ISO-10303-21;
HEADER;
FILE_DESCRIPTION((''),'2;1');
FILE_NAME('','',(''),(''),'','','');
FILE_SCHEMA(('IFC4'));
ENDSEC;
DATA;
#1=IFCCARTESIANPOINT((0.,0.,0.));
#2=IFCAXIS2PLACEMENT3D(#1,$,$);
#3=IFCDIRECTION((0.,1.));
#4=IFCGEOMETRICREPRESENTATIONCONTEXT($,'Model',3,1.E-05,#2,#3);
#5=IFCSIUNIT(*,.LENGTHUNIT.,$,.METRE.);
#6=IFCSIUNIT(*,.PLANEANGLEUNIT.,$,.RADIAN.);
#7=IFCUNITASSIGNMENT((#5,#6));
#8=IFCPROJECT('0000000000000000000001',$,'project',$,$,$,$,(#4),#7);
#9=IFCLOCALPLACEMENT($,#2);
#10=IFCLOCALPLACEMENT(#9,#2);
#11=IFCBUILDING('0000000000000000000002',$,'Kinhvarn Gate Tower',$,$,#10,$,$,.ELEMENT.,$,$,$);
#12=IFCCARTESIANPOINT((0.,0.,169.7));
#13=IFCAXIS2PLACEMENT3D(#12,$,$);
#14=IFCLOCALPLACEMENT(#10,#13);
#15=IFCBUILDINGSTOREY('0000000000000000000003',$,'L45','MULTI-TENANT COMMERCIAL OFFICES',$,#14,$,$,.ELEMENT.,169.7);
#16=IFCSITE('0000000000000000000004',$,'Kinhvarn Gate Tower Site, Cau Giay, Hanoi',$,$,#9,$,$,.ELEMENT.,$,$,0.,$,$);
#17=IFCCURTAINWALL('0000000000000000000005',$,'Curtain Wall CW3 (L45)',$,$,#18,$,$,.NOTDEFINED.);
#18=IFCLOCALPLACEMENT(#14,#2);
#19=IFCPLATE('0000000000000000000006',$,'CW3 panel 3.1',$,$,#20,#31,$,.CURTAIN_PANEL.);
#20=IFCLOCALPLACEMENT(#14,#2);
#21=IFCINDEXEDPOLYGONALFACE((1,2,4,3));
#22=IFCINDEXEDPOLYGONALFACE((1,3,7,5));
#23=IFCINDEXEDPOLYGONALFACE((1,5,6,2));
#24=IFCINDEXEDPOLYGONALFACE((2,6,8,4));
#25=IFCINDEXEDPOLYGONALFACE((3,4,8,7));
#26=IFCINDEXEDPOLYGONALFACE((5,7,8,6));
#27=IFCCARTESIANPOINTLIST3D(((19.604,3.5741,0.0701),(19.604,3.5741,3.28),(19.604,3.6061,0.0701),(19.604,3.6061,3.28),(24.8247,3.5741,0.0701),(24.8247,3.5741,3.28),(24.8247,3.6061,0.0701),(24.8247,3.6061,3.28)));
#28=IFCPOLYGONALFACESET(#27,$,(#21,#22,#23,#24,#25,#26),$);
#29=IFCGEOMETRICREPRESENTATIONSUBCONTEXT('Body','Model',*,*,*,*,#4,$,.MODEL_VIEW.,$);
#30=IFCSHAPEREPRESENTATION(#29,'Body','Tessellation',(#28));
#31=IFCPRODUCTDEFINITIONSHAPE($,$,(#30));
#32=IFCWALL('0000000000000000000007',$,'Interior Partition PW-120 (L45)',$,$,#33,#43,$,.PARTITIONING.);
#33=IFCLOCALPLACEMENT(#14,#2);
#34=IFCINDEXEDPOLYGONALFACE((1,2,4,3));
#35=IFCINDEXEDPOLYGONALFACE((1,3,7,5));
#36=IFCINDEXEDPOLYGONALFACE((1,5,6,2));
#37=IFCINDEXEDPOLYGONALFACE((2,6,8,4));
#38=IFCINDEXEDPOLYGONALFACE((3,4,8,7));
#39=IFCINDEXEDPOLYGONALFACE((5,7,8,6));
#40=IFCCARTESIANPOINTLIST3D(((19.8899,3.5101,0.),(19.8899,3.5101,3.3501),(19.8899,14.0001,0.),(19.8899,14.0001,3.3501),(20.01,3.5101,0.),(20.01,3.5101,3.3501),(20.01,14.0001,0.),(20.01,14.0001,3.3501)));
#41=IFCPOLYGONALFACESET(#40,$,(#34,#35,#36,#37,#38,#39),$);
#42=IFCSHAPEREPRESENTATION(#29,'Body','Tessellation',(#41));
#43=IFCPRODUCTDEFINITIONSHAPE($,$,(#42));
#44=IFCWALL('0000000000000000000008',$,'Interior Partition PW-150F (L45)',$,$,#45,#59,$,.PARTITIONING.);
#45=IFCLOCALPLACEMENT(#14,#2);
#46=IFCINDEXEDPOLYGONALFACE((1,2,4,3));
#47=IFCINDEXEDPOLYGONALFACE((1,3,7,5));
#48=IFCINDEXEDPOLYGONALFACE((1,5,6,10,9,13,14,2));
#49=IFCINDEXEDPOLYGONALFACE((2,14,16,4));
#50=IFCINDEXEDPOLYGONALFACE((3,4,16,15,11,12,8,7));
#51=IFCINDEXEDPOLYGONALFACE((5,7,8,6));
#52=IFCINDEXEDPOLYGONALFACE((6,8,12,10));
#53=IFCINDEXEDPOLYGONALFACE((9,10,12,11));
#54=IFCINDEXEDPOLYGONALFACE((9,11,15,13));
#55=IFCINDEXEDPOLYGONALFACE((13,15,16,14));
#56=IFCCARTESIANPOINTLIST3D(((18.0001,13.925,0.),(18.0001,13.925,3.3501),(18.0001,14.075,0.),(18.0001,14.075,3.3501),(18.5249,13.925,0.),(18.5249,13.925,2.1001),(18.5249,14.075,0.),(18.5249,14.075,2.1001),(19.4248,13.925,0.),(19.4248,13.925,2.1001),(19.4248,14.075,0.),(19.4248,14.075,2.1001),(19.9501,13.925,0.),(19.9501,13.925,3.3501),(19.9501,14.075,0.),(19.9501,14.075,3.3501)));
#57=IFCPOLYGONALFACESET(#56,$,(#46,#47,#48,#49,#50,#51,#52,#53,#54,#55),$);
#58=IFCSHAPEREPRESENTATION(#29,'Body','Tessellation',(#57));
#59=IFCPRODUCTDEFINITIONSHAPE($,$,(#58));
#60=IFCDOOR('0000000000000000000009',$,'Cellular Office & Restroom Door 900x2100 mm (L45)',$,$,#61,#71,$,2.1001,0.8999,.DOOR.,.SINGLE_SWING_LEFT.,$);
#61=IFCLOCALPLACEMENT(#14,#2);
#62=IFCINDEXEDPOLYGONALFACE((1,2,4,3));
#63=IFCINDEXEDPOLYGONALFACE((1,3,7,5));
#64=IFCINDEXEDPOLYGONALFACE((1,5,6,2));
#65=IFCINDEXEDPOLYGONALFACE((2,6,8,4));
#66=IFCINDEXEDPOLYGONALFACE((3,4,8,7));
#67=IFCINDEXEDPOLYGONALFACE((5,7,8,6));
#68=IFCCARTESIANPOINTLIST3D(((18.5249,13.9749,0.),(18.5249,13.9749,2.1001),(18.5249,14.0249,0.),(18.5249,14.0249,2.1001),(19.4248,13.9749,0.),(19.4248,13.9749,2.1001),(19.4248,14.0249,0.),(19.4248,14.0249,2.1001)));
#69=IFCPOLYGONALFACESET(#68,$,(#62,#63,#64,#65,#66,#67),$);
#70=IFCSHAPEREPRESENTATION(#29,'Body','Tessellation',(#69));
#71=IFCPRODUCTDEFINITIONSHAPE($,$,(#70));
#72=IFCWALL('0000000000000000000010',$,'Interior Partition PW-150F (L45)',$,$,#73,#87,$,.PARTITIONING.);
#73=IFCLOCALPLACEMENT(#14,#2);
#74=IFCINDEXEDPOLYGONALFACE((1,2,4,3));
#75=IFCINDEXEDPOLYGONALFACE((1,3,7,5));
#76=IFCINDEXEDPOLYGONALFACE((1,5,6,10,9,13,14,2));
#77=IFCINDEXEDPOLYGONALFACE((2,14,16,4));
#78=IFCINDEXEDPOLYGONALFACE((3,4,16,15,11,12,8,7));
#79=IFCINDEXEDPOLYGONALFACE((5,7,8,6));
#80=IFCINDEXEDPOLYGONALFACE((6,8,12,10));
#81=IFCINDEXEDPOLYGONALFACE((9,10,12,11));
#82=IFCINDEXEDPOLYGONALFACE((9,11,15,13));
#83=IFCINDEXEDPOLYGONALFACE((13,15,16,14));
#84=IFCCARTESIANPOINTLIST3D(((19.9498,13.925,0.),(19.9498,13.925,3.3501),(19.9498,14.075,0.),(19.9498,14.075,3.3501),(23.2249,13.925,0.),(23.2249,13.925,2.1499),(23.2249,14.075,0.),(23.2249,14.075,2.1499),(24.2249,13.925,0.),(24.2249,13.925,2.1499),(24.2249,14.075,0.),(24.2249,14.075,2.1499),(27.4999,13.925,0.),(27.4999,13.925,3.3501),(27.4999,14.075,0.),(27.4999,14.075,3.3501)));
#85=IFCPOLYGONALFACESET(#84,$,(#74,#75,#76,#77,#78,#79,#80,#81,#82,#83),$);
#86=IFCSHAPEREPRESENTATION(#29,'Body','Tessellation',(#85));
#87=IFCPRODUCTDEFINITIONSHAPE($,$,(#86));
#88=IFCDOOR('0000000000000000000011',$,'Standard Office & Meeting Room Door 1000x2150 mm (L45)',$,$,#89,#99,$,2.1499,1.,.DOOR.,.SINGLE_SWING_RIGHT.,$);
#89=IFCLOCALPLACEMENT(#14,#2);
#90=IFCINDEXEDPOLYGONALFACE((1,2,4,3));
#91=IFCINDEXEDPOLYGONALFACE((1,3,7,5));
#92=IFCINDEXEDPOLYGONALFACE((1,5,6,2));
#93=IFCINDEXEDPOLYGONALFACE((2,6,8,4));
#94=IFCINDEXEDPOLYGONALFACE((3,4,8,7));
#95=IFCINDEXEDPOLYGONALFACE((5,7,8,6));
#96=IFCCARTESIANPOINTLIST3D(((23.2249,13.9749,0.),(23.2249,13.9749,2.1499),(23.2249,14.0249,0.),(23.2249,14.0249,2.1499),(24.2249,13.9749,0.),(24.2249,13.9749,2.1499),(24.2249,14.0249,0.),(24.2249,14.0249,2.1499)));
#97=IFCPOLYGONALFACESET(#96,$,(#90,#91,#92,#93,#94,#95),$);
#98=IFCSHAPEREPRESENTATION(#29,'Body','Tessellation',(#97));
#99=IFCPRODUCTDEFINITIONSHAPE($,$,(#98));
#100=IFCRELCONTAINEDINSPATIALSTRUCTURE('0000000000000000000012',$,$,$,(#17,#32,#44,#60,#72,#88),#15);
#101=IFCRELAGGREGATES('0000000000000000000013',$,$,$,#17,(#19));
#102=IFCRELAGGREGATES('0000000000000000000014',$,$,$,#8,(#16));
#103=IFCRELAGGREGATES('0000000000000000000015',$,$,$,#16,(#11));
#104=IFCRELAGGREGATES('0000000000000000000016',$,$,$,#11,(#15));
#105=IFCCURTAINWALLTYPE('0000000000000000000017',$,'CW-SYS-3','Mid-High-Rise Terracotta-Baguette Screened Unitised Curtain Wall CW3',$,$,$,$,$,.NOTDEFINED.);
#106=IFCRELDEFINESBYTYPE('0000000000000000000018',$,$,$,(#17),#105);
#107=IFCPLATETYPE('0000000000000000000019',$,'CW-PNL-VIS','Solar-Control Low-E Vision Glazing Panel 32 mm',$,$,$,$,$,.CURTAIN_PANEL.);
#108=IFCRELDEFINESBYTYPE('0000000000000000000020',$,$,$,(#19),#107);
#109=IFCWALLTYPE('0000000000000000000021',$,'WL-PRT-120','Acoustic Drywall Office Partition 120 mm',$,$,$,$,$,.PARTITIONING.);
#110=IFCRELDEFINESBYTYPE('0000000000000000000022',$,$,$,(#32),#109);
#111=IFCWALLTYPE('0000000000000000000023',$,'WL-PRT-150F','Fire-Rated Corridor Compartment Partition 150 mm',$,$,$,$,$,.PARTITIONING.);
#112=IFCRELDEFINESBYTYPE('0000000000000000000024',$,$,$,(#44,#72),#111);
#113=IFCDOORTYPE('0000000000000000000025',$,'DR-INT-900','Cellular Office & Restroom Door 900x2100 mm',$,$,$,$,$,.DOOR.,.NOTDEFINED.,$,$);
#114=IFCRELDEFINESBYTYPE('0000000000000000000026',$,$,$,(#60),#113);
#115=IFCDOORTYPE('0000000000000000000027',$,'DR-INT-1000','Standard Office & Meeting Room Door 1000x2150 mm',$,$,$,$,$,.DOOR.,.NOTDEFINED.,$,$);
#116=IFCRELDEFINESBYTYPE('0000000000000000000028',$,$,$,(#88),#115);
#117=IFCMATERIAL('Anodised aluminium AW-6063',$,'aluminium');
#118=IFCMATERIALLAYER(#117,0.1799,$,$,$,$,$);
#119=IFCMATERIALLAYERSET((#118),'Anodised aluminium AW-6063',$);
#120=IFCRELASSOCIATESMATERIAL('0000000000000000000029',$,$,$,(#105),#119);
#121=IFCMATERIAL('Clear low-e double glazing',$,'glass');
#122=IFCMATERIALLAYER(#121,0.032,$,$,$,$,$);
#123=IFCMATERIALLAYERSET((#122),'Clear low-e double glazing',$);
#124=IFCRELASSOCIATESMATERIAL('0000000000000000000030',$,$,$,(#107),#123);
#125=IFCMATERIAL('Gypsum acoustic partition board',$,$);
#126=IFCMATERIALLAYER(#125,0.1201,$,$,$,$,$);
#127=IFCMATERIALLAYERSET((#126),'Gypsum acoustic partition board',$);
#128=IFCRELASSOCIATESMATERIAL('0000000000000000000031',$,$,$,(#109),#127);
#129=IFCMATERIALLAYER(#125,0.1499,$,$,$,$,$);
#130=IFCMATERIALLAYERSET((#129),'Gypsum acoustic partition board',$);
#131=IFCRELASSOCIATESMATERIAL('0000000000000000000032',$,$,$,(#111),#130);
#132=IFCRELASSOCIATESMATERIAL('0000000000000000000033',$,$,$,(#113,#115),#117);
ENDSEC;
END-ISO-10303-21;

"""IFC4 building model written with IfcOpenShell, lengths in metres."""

from ifc_helpers import new_model, si_unit, direction, frame, frame_2d, origin, origin_2d, place, context, subcontext, project, spatial, rectangle, extrude, material, layer, layer_set, type_object, element, fill, aggregate, save


model = new_model("IFC4")

# Units and contexts
model_context = context("Model", 3, precision=1e-05, world=origin(), true_north=direction((0.0, 1.0)))
body_context = subcontext(model_context, "Body", "Model", "MODEL_VIEW")
ifc_project = project(units=[si_unit("LENGTHUNIT", "METRE"), si_unit("PLANEANGLEUNIT", "RADIAN")], contexts=[model_context])

# Site, building, storey
site_placement = place(None, origin())
site = spatial("IfcSite", under=ifc_project, at=site_placement, Name="Kinhvarn Gate Tower Site, Cau Giay, Hanoi", CompositionType="ELEMENT", RefElevation=0.0)
building_placement = place(site_placement, origin())
building = spatial("IfcBuilding", under=site, at=building_placement, Name="Kinhvarn Gate Tower", CompositionType="ELEMENT")
storey_placement = place(building_placement, frame((0.0, 0.0, 169.7)))
storey = spatial("IfcBuildingStorey", under=building, at=storey_placement, Name="L45", Description="MULTI-TENANT COMMERCIAL OFFICES", CompositionType="ELEMENT", Elevation=169.7)

# Curtain wall
ifc_material_1 = material(Name="Anodised aluminium AW-6063", Category="aluminium")
ifc_layer_1 = layer(ifc_material_1, 0.1799)
ifc_layer_set_1 = layer_set([ifc_layer_1], Name="Anodised aluminium AW-6063")
curtain_wall_type = type_object("IfcCurtainWallType", Name="CW-SYS-3", Description="Mid-High-Rise Terracotta-Baguette Screened Unitised Curtain Wall CW3", PredefinedType="NOTDEFINED", material=ifc_layer_set_1)
curtain_wall_placement = place(storey_placement, origin())
curtain_wall = element("IfcCurtainWall", 1, at=curtain_wall_placement, inside=storey, type_object=curtain_wall_type, Name="Curtain Wall CW3 (L45)", PredefinedType="NOTDEFINED")

# Plate
ifc_material_2 = material(Name="Clear low-e double glazing", Category="glass")
ifc_layer_2 = layer(ifc_material_2, 0.032)
ifc_layer_set_2 = layer_set([ifc_layer_2], Name="Clear low-e double glazing")
plate_type = type_object("IfcPlateType", Name="CW-PNL-VIS", Description="Solar-Control Low-E Vision Glazing Panel 32 mm", PredefinedType="CURTAIN_PANEL", material=ifc_layer_set_2)
plate_1_placement = place(storey_placement, frame((22.2144, 3.5901, 0.0701), z_axis=(0.0, 0.0, 1.0), x_axis=(1.0, 0.0, 0.0)))
plate_1 = element("IfcPlate", 2, at=plate_1_placement, type_object=plate_type, Name="CW3 panel 3.1", PredefinedType="CURTAIN_PANEL", context=body_context, shape_type="SweptSolid", body=[
    extrude(rectangle(XDim=5.2207, YDim=0.032, at=origin_2d()), origin(), (0.0, 0.0, 1.0), 3.21),
])
aggregate(curtain_wall, [plate_1])

# Wall
ifc_material_3 = material(Name="Gypsum acoustic partition board")
ifc_layer_3 = layer(ifc_material_3, 0.1201)
ifc_layer_set_3 = layer_set([ifc_layer_3], Name="Gypsum acoustic partition board")
wall_type_1 = type_object("IfcWallType", Name="WL-PRT-120", Description="Acoustic Drywall Office Partition 120 mm", PredefinedType="PARTITIONING", material=ifc_layer_set_3)
wall_1_placement = place(storey_placement, frame((19.95, 3.51, 0.0), z_axis=(0.0, 0.0, 1.0), x_axis=(0.0, 1.0, 0.0)))
element("IfcWall", 3, at=wall_1_placement, inside=storey, type_object=wall_type_1, Name="Interior Partition PW-120 (L45)", PredefinedType="PARTITIONING", context=body_context, shape_type="SweptSolid", body=[
    extrude(rectangle(XDim=10.49, YDim=0.1201, at=frame_2d((5.2451, 0.0))), origin(), (0.0, 0.0, 1.0), 3.3501),
])

# Walls, openings, doors
ifc_layer_4 = layer(ifc_material_3, 0.1499)
ifc_layer_set_4 = layer_set([ifc_layer_4], Name="Gypsum acoustic partition board")
wall_type_2 = type_object("IfcWallType", Name="WL-PRT-150F", Description="Fire-Rated Corridor Compartment Partition 150 mm", PredefinedType="PARTITIONING", material=ifc_layer_set_4)
wall_2_placement = place(storey_placement, frame((18.0, 14.0, 0.0), z_axis=(0.0, 0.0, 1.0), x_axis=(1.0, 0.0, 0.0)))
wall_2 = element("IfcWall", 4, at=wall_2_placement, inside=storey, type_object=wall_type_2, Name="Interior Partition PW-150F (L45)", PredefinedType="PARTITIONING", context=body_context, shape_type="SweptSolid", body=[
    extrude(rectangle(XDim=1.95, YDim=0.1499, at=frame_2d((0.9751, 0.0))), origin(), (0.0, 0.0, 1.0), 3.3501),
])
opening_1_placement = place(wall_2_placement, frame((0.5249, 0.0, 0.0)))
opening_1 = element("IfcOpeningElement", 5, at=opening_1_placement, cuts=wall_2, PredefinedType="OPENING", context=body_context, shape_type="SweptSolid", body=[
    extrude(rectangle(XDim=0.8999, YDim=2.1001, at=frame_2d((0.45, 1.05))), frame((0.0, 0.085, 0.0), z_axis=(0.0, -1.0, 0.0), x_axis=(1.0, 0.0, 0.0)), (0.0, 0.0, 1.0), 0.1699),
])
door_type_1 = type_object("IfcDoorType", Name="DR-INT-900", Description="Cellular Office & Restroom Door 900x2100 mm", OperationType="NOTDEFINED", PredefinedType="DOOR", material=ifc_material_1)
door_1_placement = place(opening_1_placement, origin())
door_1 = element("IfcDoor", 6, at=door_1_placement, inside=storey, type_object=door_type_1, Name="Cellular Office & Restroom Door 900x2100 mm (L45)", OperationType="SINGLE_SWING_LEFT", OverallHeight=2.1001, OverallWidth=0.8999, PredefinedType="DOOR", context=body_context, shape_type="SweptSolid", body=[
    extrude(rectangle(XDim=0.8999, YDim=2.1001, at=frame_2d((0.45, 1.05))), frame((0.0, 0.0249, 0.0), z_axis=(0.0, -1.0, 0.0), x_axis=(1.0, 0.0, 0.0)), (0.0, 0.0, 1.0), 0.05),
])
fill(opening_1, door_1)
wall_3_placement = place(storey_placement, frame((19.95, 14.0, 0.0), z_axis=(0.0, 0.0, 1.0), x_axis=(1.0, 0.0, 0.0)))
wall_3 = element("IfcWall", 7, at=wall_3_placement, inside=storey, type_object=wall_type_2, Name="Interior Partition PW-150F (L45)", PredefinedType="PARTITIONING", context=body_context, shape_type="SweptSolid", body=[
    extrude(rectangle(XDim=7.55, YDim=0.1499, at=frame_2d((3.7749, 0.0))), origin(), (0.0, 0.0, 1.0), 3.3501),
])
opening_2_placement = place(wall_3_placement, frame((3.2749, 0.0, 0.0)))
opening_2 = element("IfcOpeningElement", 8, at=opening_2_placement, cuts=wall_3, PredefinedType="OPENING", context=body_context, shape_type="SweptSolid", body=[
    extrude(rectangle(XDim=1.0, YDim=2.1499, at=frame_2d((0.5, 1.075))), frame((0.0, 0.085, 0.0), z_axis=(0.0, -1.0, 0.0), x_axis=(1.0, 0.0, 0.0)), (0.0, 0.0, 1.0), 0.1699),
])
door_type_2 = type_object("IfcDoorType", Name="DR-INT-1000", Description="Standard Office & Meeting Room Door 1000x2150 mm", OperationType="NOTDEFINED", PredefinedType="DOOR", material=ifc_material_1)
door_2_placement = place(opening_2_placement, origin())
door_2 = element("IfcDoor", 9, at=door_2_placement, inside=storey, type_object=door_type_2, Name="Standard Office & Meeting Room Door 1000x2150 mm (L45)", OperationType="SINGLE_SWING_RIGHT", OverallHeight=2.1499, OverallWidth=1.0, PredefinedType="DOOR", context=body_context, shape_type="SweptSolid", body=[
    extrude(rectangle(XDim=1.0, YDim=2.1499, at=frame_2d((0.5, 1.075))), frame((0.0, 0.0249, 0.0), z_axis=(0.0, -1.0, 0.0), x_axis=(1.0, 0.0, 0.0)), (0.0, 0.0, 1.0), 0.05),
])
fill(opening_2, door_2)

save(model, "model.ifc")
